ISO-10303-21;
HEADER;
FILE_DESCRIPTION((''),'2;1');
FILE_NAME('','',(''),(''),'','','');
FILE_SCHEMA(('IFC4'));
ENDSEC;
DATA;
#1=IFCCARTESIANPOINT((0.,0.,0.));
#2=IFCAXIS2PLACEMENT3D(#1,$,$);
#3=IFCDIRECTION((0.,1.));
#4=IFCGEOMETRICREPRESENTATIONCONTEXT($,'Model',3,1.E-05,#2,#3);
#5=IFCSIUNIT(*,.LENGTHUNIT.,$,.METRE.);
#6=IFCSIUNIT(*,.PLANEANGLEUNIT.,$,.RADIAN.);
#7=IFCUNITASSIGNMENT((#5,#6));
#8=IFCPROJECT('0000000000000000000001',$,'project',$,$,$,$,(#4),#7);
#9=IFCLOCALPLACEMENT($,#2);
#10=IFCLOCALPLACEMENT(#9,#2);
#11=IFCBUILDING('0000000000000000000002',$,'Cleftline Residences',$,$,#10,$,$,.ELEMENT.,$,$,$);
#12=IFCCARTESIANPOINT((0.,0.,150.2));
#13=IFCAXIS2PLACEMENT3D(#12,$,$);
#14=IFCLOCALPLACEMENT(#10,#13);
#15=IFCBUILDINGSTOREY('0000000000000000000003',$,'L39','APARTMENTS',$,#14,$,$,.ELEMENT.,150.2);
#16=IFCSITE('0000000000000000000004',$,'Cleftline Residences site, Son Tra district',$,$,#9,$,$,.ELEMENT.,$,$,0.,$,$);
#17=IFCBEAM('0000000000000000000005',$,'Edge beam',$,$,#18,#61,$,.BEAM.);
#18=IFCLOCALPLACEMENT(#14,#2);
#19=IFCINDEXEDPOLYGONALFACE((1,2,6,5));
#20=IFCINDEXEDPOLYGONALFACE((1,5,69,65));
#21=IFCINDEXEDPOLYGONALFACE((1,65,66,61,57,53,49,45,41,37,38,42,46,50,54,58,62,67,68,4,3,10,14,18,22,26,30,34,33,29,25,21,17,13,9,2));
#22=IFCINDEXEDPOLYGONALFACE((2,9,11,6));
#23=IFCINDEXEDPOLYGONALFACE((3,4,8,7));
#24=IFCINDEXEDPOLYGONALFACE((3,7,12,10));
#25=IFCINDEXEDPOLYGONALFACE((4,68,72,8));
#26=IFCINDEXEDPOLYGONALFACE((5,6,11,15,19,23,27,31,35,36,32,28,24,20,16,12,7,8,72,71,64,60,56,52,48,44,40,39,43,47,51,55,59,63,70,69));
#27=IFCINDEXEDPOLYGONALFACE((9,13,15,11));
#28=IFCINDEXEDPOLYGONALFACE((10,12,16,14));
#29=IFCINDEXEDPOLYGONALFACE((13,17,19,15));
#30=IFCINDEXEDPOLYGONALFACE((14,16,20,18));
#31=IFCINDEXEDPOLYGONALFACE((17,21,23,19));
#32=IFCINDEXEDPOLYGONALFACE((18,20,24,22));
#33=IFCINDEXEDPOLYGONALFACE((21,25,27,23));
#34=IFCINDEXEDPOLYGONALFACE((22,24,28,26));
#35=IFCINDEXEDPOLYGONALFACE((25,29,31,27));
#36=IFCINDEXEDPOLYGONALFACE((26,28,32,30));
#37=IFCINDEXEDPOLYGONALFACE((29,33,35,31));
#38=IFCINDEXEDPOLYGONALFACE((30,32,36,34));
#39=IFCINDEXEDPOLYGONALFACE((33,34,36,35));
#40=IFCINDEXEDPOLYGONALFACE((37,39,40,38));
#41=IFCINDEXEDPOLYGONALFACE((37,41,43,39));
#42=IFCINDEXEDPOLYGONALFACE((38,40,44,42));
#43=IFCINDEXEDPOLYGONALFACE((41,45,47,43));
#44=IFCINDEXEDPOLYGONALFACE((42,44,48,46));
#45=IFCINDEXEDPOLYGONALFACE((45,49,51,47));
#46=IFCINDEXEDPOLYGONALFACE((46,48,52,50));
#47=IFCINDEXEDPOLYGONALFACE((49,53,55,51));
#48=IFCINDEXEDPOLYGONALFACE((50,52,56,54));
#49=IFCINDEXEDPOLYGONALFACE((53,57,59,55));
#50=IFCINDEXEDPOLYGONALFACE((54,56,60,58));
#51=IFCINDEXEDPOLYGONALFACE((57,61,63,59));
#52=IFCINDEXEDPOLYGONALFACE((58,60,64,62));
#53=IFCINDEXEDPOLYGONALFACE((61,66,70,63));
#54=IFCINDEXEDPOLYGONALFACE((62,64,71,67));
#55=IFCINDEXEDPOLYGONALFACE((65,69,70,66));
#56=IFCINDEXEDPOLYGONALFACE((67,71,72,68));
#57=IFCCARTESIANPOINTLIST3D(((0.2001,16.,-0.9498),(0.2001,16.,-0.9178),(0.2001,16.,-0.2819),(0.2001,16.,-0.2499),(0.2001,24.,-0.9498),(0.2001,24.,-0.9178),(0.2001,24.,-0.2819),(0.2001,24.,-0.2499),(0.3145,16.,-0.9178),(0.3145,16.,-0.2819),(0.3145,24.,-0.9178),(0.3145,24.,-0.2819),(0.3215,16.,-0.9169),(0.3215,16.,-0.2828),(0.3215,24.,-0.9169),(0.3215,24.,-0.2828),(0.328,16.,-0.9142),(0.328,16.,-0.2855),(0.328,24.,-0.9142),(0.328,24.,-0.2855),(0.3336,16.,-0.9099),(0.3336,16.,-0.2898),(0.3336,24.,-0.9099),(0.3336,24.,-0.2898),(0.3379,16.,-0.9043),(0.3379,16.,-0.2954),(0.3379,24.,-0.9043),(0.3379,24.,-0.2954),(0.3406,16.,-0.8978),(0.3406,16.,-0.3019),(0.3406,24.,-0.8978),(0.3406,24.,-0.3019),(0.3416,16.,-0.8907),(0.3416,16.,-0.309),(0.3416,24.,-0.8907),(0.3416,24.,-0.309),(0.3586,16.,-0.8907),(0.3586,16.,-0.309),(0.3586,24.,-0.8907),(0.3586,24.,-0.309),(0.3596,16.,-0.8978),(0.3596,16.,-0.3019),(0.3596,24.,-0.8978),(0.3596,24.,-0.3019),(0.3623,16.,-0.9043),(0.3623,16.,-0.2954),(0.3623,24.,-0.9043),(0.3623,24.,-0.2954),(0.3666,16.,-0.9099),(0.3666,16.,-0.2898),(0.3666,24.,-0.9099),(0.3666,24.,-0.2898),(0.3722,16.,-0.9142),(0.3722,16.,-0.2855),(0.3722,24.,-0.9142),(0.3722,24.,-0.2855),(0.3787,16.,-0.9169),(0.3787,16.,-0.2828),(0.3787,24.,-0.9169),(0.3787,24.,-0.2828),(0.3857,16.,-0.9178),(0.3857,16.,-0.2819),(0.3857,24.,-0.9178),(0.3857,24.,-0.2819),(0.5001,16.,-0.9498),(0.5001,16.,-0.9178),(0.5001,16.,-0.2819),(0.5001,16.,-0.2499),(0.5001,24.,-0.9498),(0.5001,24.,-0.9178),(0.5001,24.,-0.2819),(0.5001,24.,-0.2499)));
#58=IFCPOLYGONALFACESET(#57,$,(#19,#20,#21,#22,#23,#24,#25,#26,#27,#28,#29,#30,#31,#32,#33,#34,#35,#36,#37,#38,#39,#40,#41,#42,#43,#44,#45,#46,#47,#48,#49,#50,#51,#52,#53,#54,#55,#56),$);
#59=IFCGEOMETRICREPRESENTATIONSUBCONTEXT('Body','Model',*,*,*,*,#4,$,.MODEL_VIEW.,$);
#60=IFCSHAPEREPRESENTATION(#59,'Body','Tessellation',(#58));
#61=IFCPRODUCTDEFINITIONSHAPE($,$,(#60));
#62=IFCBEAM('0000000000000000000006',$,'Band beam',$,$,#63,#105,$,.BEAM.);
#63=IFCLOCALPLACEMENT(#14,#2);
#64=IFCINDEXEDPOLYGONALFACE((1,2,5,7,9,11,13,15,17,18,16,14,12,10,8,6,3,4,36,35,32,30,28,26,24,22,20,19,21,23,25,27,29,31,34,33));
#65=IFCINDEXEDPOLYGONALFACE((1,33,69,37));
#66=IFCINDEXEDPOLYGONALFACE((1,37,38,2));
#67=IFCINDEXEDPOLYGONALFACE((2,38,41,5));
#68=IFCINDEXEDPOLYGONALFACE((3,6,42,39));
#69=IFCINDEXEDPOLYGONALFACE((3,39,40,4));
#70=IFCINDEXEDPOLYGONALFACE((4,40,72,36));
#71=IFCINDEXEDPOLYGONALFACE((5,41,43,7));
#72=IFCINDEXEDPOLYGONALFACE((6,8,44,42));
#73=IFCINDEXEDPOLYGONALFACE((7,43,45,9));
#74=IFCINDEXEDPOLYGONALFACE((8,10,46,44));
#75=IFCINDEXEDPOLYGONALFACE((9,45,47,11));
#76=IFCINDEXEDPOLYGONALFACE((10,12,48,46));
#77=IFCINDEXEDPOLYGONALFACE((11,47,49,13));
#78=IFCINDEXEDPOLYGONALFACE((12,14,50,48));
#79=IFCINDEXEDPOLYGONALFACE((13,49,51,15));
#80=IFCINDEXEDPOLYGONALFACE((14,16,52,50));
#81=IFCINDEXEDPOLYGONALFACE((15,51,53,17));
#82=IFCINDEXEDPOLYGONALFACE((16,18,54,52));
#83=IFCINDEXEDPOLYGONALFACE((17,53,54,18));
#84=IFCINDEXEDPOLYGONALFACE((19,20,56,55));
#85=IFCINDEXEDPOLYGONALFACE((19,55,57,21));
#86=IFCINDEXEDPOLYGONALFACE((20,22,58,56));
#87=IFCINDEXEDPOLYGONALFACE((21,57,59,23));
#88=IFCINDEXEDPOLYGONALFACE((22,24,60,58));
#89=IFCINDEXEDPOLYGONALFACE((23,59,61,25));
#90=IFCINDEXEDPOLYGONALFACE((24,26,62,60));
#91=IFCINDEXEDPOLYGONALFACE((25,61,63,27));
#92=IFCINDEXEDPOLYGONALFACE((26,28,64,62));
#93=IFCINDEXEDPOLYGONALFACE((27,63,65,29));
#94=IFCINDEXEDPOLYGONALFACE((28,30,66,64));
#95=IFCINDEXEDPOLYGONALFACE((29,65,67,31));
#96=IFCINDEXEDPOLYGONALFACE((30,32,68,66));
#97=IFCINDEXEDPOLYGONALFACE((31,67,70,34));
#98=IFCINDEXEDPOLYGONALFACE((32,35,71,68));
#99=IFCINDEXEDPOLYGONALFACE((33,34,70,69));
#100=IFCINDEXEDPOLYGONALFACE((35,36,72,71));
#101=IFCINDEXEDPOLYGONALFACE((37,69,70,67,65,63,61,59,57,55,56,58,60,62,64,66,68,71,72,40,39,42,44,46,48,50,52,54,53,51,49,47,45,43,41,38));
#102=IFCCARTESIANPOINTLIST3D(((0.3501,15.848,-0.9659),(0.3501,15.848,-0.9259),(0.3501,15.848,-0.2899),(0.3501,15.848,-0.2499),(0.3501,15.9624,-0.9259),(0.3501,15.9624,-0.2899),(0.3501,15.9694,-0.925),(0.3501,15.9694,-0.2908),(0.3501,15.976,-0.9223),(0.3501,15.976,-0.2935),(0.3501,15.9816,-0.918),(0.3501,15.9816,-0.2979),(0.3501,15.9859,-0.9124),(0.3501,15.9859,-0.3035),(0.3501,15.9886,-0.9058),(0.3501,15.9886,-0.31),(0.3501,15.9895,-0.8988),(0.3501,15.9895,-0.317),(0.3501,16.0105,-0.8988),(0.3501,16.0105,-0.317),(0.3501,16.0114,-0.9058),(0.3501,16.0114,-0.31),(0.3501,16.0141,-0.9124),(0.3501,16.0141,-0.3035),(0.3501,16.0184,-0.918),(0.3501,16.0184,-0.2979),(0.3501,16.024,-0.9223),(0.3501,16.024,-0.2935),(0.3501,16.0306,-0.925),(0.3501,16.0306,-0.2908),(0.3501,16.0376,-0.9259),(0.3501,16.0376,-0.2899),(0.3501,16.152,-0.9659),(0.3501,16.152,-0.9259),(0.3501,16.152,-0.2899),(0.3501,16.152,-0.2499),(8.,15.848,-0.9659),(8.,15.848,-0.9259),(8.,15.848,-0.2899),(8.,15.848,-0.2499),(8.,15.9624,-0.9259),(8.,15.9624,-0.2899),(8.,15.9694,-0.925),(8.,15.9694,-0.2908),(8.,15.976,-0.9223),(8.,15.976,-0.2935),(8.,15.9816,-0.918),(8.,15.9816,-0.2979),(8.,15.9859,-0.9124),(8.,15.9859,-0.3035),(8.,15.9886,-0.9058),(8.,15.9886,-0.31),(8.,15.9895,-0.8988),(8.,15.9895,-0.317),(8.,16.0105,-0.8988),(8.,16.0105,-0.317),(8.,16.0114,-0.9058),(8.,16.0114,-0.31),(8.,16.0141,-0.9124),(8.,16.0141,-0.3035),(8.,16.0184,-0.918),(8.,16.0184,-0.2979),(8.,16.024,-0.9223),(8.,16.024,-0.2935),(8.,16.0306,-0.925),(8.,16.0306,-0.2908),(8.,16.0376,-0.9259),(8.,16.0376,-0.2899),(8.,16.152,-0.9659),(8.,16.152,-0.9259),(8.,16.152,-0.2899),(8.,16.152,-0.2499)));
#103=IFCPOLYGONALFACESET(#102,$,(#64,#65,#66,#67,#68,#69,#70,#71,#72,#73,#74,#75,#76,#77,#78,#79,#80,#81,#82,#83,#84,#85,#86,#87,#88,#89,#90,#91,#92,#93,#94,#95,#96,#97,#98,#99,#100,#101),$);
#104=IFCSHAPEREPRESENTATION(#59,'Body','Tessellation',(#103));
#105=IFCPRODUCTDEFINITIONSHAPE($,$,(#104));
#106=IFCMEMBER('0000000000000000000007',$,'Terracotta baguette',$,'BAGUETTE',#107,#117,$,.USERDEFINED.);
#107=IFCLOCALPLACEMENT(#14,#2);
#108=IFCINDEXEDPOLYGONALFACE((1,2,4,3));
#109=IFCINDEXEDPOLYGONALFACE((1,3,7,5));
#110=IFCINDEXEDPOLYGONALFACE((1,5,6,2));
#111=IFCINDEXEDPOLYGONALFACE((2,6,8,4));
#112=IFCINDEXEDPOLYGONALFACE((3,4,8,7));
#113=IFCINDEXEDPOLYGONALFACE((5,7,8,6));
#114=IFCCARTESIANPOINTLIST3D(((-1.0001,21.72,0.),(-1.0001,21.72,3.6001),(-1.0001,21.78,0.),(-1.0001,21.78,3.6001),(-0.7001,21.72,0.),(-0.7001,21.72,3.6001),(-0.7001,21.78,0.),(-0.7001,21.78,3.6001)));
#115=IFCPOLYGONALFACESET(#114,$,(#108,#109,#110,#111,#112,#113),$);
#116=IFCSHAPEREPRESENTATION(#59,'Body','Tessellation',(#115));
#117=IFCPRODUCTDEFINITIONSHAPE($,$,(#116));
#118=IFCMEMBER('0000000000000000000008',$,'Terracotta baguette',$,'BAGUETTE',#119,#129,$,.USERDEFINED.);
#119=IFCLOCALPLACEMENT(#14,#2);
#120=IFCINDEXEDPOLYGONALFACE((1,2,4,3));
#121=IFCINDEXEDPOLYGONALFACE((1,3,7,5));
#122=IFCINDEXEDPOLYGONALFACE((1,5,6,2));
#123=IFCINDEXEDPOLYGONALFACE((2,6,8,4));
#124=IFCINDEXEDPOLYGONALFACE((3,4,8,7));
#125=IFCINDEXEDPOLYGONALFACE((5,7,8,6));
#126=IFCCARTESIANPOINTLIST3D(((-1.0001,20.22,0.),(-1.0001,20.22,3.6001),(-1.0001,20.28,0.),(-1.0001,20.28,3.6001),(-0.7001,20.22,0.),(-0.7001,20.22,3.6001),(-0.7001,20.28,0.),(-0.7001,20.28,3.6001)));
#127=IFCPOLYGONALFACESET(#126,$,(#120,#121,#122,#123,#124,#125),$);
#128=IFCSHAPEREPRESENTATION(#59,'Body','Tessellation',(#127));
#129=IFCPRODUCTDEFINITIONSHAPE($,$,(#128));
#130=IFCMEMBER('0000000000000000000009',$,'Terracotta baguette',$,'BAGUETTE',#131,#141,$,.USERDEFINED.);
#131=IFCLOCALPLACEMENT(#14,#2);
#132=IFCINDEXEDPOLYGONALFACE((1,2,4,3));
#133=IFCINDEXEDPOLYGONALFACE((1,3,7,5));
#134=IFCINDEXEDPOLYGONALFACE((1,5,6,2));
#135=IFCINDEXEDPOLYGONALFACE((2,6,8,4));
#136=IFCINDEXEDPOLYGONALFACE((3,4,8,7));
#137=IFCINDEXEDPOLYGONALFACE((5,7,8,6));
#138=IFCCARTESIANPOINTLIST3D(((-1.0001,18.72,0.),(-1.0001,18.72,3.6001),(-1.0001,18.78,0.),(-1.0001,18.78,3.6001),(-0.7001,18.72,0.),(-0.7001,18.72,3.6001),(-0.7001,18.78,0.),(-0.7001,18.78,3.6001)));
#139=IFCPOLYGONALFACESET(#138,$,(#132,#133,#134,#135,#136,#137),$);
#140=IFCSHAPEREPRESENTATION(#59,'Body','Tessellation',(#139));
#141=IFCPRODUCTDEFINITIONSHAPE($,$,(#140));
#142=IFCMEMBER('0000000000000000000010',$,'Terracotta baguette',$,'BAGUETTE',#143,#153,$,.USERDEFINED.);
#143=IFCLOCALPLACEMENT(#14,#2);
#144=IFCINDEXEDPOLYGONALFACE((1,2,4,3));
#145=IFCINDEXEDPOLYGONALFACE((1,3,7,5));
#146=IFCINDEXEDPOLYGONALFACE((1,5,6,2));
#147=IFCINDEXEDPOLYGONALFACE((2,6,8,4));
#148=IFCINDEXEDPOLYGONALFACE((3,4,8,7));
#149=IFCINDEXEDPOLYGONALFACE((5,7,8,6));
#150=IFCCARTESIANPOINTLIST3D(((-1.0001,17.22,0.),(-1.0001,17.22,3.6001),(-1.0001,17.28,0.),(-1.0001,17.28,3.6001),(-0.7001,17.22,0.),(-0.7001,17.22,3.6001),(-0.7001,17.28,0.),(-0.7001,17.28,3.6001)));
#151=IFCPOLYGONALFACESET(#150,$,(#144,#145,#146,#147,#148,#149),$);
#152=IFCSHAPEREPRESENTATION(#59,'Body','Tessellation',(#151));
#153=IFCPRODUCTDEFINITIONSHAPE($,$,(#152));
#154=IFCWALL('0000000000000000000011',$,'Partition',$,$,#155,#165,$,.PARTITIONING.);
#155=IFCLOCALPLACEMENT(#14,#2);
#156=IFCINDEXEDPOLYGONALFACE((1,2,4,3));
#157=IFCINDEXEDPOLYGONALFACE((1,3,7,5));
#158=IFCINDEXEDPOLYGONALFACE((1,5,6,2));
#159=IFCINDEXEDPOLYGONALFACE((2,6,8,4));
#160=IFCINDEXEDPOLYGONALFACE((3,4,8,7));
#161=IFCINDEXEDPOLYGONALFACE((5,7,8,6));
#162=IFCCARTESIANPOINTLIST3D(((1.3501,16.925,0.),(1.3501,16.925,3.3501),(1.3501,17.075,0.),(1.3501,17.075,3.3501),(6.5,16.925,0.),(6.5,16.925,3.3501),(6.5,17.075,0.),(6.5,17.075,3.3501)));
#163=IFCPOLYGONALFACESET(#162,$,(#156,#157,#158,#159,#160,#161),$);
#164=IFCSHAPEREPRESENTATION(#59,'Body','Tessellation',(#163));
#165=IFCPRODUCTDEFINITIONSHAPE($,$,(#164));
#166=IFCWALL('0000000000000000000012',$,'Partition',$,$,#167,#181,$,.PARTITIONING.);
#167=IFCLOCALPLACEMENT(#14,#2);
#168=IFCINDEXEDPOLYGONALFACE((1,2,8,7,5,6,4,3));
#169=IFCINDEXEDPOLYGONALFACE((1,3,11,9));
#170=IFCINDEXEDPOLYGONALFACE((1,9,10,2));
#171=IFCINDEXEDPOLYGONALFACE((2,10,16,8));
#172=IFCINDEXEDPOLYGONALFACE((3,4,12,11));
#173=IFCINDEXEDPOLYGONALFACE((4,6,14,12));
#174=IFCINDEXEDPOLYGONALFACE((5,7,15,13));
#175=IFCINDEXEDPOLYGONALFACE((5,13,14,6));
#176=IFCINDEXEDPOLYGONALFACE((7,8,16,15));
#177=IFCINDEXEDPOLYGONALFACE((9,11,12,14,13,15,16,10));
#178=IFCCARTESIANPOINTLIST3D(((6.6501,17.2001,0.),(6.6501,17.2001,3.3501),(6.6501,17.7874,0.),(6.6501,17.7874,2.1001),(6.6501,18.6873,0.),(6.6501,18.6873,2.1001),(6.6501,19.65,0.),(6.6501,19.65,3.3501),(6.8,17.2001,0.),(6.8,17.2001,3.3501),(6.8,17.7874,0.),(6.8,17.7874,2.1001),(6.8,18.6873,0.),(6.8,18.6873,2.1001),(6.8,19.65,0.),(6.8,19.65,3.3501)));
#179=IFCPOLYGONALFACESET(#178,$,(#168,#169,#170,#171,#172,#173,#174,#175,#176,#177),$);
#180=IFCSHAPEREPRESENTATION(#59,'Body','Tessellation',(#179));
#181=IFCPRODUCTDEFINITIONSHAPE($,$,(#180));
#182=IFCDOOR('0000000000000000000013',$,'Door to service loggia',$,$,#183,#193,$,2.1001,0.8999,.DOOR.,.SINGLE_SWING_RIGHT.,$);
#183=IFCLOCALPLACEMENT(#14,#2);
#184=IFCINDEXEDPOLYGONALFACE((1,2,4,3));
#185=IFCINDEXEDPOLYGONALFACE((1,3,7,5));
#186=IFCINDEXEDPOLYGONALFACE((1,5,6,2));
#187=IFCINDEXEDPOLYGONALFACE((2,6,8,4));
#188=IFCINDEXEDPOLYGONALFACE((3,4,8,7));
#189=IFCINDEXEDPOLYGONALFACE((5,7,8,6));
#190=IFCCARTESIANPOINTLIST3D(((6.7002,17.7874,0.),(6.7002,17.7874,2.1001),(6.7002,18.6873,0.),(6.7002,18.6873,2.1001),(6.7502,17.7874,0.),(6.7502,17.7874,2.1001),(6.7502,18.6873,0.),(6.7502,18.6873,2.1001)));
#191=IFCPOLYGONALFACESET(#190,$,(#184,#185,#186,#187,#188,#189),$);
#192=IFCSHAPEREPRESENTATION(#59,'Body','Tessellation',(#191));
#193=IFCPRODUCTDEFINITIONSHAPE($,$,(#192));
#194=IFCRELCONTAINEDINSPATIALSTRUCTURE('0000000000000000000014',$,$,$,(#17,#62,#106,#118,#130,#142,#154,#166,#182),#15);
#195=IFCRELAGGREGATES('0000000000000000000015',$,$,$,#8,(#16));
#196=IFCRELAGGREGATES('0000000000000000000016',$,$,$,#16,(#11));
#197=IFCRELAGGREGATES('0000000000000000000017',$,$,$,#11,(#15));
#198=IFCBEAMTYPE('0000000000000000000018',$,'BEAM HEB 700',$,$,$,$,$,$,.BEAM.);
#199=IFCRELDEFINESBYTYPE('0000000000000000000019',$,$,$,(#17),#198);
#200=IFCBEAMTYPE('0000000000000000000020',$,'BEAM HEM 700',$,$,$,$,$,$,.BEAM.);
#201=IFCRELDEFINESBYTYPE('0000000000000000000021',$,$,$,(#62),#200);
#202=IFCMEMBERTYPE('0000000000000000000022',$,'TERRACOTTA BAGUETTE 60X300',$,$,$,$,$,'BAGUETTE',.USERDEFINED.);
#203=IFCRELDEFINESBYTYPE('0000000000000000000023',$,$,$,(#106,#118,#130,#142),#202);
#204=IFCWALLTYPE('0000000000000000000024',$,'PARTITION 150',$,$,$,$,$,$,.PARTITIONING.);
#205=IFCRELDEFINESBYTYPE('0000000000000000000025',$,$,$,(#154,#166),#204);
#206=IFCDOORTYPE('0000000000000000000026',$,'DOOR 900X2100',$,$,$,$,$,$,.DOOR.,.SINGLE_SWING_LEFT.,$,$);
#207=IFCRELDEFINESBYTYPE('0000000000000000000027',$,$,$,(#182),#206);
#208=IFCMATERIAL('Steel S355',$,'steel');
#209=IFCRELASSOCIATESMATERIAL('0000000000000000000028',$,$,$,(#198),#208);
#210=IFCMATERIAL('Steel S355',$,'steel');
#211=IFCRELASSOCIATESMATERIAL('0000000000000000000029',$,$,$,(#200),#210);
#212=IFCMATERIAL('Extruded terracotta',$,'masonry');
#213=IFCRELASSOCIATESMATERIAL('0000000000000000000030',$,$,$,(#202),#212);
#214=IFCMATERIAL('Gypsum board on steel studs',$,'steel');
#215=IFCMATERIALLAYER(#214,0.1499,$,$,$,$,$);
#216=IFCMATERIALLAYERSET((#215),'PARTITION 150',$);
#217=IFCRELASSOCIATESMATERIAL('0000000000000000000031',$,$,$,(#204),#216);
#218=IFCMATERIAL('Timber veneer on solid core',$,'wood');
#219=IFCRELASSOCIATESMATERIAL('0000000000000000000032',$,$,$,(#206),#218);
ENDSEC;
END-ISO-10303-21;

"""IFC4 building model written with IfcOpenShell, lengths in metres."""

from ifc_helpers import new_model, si_unit, direction, frame, frame_2d, origin, origin_2d, place, context, subcontext, project, spatial, rectangle, i_section, extrude, material, layer, layer_set, material_profile, profile_set, type_object, element, fill, save


model = new_model("IFC4")

# Units and contexts
model_context = context("Model", 3, precision=1e-05, world=origin(), true_north=direction((0.0, 1.0)))
body_context = subcontext(model_context, "Body", "Model", "MODEL_VIEW")
ifc_project = project(units=[si_unit("LENGTHUNIT", "METRE"), si_unit("PLANEANGLEUNIT", "RADIAN")], contexts=[model_context])

# Site, building, storey
site_placement = place(None, origin())
site = spatial("IfcSite", under=ifc_project, at=site_placement, Name="Cleftline Residences site, Son Tra district", CompositionType="ELEMENT", RefElevation=0.0)
building_placement = place(site_placement, origin())
building = spatial("IfcBuilding", under=site, at=building_placement, Name="Cleftline Residences", CompositionType="ELEMENT")
storey_placement = place(building_placement, frame((0.0, 0.0, 150.2)))
storey = spatial("IfcBuildingStorey", under=building, at=storey_placement, Name="L39", Description="APARTMENTS", CompositionType="ELEMENT", Elevation=150.2)

# Beams
ifc_material_1 = material(Name="Steel S355", Category="steel")
ifc_material_profile_1 = material_profile(ifc_material_1, i_section(OverallWidth=0.3, OverallDepth=0.7, WebThickness=0.0171, FlangeThickness=0.032, FilletRadius=0.0271, at=origin_2d()))
ifc_profile_set_1 = profile_set([ifc_material_profile_1], Name="Steel S355")
beam_type_1 = type_object("IfcBeamType", Name="BEAM HEB 700", PredefinedType="BEAM", material=ifc_profile_set_1)
beam_1_placement = place(storey_placement, frame((0.3501, 16.0, -0.5999), z_axis=(0.0, 1.0, 0.0), x_axis=(-1.0, 0.0, 0.0)))
element("IfcBeam", 1, at=beam_1_placement, inside=storey, type_object=beam_type_1, Name="Edge beam", PredefinedType="BEAM", context=body_context, shape_type="SweptSolid", body=[
    extrude(i_section(OverallWidth=0.3, OverallDepth=0.7, WebThickness=0.0171, FlangeThickness=0.032, FilletRadius=0.0271, at=origin_2d()), origin(), (0.0, 0.0, 1.0), 8.0),
])
ifc_material_2 = material(Name="Steel S355", Category="steel")
ifc_material_profile_2 = material_profile(ifc_material_2, i_section(OverallWidth=0.304, OverallDepth=0.7161, WebThickness=0.021, FlangeThickness=0.04, FilletRadius=0.0271, at=origin_2d()))
ifc_profile_set_2 = profile_set([ifc_material_profile_2], Name="Steel S355")
beam_type_2 = type_object("IfcBeamType", Name="BEAM HEM 700", PredefinedType="BEAM", material=ifc_profile_set_2)
beam_2_placement = place(storey_placement, frame((0.3501, 16.0, -0.6079), z_axis=(1.0, 0.0, 0.0), x_axis=(0.0, 1.0, 0.0)))
element("IfcBeam", 2, at=beam_2_placement, inside=storey, type_object=beam_type_2, Name="Band beam", PredefinedType="BEAM", context=body_context, shape_type="SweptSolid", body=[
    extrude(i_section(OverallWidth=0.304, OverallDepth=0.7161, WebThickness=0.021, FlangeThickness=0.04, FilletRadius=0.0271, at=origin_2d()), origin(), (0.0, 0.0, 1.0), 7.6499),
])

# Members
ifc_material_3 = material(Name="Extruded terracotta", Category="masonry")
ifc_material_profile_3 = material_profile(ifc_material_3, rectangle(XDim=0.0601, YDim=0.3, at=origin_2d()))
ifc_profile_set_3 = profile_set([ifc_material_profile_3], Name="Extruded terracotta")
member_type_1 = type_object("IfcMemberType", Name="TERRACOTTA BAGUETTE 60X300", ElementType="BAGUETTE", PredefinedType="USERDEFINED", material=ifc_profile_set_3)
for number, where, z_axis, x_axis, name in (
    (3, (-0.8501, 21.75, 0.0), (0.0, 0.0, 1.0), (0.0, 1.0, 0.0), "Terracotta baguette"),
    (4, (-0.8501, 20.25, 0.0), (0.0, 0.0, 1.0), (0.0, 1.0, 0.0), "Terracotta baguette"),
    (5, (-0.8501, 18.75, 0.0), (0.0, 0.0, 1.0), (0.0, 1.0, 0.0), "Terracotta baguette"),
    (6, (-0.8501, 17.25, 0.0), (0.0, 0.0, 1.0), (0.0, 1.0, 0.0), "Terracotta baguette"),
):
    element("IfcMember", number, at=place(storey_placement, frame(where, z_axis=z_axis, x_axis=x_axis)), inside=storey, type_object=member_type_1, Name=name, ObjectType="BAGUETTE", PredefinedType="USERDEFINED", context=body_context, shape_type="SweptSolid", body=[
        extrude(rectangle(XDim=0.0601, YDim=0.3, at=origin_2d()), origin(), (0.0, 0.0, 1.0), 3.6001),
    ])

# Wall
ifc_material_4 = material(Name="Gypsum board on steel studs", Category="steel")
ifc_layer_1 = layer(ifc_material_4, 0.1499)
ifc_layer_set_1 = layer_set([ifc_layer_1], Name="PARTITION 150")
wall_type_1 = type_object("IfcWallType", Name="PARTITION 150", PredefinedType="PARTITIONING", material=ifc_layer_set_1)
wall_1_placement = place(storey_placement, frame((1.3501, 17.0, 0.0), z_axis=(0.0, 0.0, 1.0), x_axis=(1.0, 0.0, 0.0)))
element("IfcWall", 7, at=wall_1_placement, inside=storey, type_object=wall_type_1, Name="Partition", PredefinedType="PARTITIONING", context=body_context, shape_type="SweptSolid", body=[
    extrude(rectangle(XDim=5.1499, YDim=0.1499, at=frame_2d((2.575, 0.0))), origin(), (0.0, 0.0, 1.0), 3.3501),
])

# Wall, opening, door
wall_2_placement = place(storey_placement, frame((6.7251, 17.2, 0.0), z_axis=(0.0, 0.0, 1.0), x_axis=(0.0, 1.0, 0.0)))
wall_2 = element("IfcWall", 8, at=wall_2_placement, inside=storey, type_object=wall_type_1, Name="Partition", PredefinedType="PARTITIONING", context=body_context, shape_type="SweptSolid", body=[
    extrude(rectangle(XDim=2.45, YDim=0.1499, at=frame_2d((1.2251, 0.0))), origin(), (0.0, 0.0, 1.0), 3.3501),
])
opening_1_placement = place(wall_2_placement, frame((0.5874, 0.0, 0.0)))
opening_1 = element("IfcOpeningElement", 9, at=opening_1_placement, cuts=wall_2, PredefinedType="OPENING", context=body_context, shape_type="SweptSolid", body=[
    extrude(rectangle(XDim=0.8999, YDim=2.1001, at=frame_2d((0.45, 1.05))), frame((0.0, 0.085, 0.0), z_axis=(0.0, -1.0, 0.0), x_axis=(1.0, 0.0, 0.0)), (0.0, 0.0, 1.0), 0.1699),
])
ifc_material_5 = material(Name="Timber veneer on solid core", Category="wood")
door_type_1 = type_object("IfcDoorType", Name="DOOR 900X2100", OperationType="SINGLE_SWING_LEFT", PredefinedType="DOOR", material=ifc_material_5)
door_1_placement = place(opening_1_placement, origin())
door_1 = element("IfcDoor", 10, at=door_1_placement, inside=storey, type_object=door_type_1, Name="Door to service loggia", OperationType="SINGLE_SWING_RIGHT", OverallHeight=2.1001, OverallWidth=0.8999, PredefinedType="DOOR", context=body_context, shape_type="SweptSolid", body=[
    extrude(rectangle(XDim=0.8999, YDim=2.1001, at=frame_2d((0.45, 1.05))), frame((0.0, 0.0249, 0.0), z_axis=(0.0, -1.0, 0.0), x_axis=(1.0, 0.0, 0.0)), (0.0, 0.0, 1.0), 0.05),
])
fill(opening_1, door_1)

save(model, "model.ifc")
